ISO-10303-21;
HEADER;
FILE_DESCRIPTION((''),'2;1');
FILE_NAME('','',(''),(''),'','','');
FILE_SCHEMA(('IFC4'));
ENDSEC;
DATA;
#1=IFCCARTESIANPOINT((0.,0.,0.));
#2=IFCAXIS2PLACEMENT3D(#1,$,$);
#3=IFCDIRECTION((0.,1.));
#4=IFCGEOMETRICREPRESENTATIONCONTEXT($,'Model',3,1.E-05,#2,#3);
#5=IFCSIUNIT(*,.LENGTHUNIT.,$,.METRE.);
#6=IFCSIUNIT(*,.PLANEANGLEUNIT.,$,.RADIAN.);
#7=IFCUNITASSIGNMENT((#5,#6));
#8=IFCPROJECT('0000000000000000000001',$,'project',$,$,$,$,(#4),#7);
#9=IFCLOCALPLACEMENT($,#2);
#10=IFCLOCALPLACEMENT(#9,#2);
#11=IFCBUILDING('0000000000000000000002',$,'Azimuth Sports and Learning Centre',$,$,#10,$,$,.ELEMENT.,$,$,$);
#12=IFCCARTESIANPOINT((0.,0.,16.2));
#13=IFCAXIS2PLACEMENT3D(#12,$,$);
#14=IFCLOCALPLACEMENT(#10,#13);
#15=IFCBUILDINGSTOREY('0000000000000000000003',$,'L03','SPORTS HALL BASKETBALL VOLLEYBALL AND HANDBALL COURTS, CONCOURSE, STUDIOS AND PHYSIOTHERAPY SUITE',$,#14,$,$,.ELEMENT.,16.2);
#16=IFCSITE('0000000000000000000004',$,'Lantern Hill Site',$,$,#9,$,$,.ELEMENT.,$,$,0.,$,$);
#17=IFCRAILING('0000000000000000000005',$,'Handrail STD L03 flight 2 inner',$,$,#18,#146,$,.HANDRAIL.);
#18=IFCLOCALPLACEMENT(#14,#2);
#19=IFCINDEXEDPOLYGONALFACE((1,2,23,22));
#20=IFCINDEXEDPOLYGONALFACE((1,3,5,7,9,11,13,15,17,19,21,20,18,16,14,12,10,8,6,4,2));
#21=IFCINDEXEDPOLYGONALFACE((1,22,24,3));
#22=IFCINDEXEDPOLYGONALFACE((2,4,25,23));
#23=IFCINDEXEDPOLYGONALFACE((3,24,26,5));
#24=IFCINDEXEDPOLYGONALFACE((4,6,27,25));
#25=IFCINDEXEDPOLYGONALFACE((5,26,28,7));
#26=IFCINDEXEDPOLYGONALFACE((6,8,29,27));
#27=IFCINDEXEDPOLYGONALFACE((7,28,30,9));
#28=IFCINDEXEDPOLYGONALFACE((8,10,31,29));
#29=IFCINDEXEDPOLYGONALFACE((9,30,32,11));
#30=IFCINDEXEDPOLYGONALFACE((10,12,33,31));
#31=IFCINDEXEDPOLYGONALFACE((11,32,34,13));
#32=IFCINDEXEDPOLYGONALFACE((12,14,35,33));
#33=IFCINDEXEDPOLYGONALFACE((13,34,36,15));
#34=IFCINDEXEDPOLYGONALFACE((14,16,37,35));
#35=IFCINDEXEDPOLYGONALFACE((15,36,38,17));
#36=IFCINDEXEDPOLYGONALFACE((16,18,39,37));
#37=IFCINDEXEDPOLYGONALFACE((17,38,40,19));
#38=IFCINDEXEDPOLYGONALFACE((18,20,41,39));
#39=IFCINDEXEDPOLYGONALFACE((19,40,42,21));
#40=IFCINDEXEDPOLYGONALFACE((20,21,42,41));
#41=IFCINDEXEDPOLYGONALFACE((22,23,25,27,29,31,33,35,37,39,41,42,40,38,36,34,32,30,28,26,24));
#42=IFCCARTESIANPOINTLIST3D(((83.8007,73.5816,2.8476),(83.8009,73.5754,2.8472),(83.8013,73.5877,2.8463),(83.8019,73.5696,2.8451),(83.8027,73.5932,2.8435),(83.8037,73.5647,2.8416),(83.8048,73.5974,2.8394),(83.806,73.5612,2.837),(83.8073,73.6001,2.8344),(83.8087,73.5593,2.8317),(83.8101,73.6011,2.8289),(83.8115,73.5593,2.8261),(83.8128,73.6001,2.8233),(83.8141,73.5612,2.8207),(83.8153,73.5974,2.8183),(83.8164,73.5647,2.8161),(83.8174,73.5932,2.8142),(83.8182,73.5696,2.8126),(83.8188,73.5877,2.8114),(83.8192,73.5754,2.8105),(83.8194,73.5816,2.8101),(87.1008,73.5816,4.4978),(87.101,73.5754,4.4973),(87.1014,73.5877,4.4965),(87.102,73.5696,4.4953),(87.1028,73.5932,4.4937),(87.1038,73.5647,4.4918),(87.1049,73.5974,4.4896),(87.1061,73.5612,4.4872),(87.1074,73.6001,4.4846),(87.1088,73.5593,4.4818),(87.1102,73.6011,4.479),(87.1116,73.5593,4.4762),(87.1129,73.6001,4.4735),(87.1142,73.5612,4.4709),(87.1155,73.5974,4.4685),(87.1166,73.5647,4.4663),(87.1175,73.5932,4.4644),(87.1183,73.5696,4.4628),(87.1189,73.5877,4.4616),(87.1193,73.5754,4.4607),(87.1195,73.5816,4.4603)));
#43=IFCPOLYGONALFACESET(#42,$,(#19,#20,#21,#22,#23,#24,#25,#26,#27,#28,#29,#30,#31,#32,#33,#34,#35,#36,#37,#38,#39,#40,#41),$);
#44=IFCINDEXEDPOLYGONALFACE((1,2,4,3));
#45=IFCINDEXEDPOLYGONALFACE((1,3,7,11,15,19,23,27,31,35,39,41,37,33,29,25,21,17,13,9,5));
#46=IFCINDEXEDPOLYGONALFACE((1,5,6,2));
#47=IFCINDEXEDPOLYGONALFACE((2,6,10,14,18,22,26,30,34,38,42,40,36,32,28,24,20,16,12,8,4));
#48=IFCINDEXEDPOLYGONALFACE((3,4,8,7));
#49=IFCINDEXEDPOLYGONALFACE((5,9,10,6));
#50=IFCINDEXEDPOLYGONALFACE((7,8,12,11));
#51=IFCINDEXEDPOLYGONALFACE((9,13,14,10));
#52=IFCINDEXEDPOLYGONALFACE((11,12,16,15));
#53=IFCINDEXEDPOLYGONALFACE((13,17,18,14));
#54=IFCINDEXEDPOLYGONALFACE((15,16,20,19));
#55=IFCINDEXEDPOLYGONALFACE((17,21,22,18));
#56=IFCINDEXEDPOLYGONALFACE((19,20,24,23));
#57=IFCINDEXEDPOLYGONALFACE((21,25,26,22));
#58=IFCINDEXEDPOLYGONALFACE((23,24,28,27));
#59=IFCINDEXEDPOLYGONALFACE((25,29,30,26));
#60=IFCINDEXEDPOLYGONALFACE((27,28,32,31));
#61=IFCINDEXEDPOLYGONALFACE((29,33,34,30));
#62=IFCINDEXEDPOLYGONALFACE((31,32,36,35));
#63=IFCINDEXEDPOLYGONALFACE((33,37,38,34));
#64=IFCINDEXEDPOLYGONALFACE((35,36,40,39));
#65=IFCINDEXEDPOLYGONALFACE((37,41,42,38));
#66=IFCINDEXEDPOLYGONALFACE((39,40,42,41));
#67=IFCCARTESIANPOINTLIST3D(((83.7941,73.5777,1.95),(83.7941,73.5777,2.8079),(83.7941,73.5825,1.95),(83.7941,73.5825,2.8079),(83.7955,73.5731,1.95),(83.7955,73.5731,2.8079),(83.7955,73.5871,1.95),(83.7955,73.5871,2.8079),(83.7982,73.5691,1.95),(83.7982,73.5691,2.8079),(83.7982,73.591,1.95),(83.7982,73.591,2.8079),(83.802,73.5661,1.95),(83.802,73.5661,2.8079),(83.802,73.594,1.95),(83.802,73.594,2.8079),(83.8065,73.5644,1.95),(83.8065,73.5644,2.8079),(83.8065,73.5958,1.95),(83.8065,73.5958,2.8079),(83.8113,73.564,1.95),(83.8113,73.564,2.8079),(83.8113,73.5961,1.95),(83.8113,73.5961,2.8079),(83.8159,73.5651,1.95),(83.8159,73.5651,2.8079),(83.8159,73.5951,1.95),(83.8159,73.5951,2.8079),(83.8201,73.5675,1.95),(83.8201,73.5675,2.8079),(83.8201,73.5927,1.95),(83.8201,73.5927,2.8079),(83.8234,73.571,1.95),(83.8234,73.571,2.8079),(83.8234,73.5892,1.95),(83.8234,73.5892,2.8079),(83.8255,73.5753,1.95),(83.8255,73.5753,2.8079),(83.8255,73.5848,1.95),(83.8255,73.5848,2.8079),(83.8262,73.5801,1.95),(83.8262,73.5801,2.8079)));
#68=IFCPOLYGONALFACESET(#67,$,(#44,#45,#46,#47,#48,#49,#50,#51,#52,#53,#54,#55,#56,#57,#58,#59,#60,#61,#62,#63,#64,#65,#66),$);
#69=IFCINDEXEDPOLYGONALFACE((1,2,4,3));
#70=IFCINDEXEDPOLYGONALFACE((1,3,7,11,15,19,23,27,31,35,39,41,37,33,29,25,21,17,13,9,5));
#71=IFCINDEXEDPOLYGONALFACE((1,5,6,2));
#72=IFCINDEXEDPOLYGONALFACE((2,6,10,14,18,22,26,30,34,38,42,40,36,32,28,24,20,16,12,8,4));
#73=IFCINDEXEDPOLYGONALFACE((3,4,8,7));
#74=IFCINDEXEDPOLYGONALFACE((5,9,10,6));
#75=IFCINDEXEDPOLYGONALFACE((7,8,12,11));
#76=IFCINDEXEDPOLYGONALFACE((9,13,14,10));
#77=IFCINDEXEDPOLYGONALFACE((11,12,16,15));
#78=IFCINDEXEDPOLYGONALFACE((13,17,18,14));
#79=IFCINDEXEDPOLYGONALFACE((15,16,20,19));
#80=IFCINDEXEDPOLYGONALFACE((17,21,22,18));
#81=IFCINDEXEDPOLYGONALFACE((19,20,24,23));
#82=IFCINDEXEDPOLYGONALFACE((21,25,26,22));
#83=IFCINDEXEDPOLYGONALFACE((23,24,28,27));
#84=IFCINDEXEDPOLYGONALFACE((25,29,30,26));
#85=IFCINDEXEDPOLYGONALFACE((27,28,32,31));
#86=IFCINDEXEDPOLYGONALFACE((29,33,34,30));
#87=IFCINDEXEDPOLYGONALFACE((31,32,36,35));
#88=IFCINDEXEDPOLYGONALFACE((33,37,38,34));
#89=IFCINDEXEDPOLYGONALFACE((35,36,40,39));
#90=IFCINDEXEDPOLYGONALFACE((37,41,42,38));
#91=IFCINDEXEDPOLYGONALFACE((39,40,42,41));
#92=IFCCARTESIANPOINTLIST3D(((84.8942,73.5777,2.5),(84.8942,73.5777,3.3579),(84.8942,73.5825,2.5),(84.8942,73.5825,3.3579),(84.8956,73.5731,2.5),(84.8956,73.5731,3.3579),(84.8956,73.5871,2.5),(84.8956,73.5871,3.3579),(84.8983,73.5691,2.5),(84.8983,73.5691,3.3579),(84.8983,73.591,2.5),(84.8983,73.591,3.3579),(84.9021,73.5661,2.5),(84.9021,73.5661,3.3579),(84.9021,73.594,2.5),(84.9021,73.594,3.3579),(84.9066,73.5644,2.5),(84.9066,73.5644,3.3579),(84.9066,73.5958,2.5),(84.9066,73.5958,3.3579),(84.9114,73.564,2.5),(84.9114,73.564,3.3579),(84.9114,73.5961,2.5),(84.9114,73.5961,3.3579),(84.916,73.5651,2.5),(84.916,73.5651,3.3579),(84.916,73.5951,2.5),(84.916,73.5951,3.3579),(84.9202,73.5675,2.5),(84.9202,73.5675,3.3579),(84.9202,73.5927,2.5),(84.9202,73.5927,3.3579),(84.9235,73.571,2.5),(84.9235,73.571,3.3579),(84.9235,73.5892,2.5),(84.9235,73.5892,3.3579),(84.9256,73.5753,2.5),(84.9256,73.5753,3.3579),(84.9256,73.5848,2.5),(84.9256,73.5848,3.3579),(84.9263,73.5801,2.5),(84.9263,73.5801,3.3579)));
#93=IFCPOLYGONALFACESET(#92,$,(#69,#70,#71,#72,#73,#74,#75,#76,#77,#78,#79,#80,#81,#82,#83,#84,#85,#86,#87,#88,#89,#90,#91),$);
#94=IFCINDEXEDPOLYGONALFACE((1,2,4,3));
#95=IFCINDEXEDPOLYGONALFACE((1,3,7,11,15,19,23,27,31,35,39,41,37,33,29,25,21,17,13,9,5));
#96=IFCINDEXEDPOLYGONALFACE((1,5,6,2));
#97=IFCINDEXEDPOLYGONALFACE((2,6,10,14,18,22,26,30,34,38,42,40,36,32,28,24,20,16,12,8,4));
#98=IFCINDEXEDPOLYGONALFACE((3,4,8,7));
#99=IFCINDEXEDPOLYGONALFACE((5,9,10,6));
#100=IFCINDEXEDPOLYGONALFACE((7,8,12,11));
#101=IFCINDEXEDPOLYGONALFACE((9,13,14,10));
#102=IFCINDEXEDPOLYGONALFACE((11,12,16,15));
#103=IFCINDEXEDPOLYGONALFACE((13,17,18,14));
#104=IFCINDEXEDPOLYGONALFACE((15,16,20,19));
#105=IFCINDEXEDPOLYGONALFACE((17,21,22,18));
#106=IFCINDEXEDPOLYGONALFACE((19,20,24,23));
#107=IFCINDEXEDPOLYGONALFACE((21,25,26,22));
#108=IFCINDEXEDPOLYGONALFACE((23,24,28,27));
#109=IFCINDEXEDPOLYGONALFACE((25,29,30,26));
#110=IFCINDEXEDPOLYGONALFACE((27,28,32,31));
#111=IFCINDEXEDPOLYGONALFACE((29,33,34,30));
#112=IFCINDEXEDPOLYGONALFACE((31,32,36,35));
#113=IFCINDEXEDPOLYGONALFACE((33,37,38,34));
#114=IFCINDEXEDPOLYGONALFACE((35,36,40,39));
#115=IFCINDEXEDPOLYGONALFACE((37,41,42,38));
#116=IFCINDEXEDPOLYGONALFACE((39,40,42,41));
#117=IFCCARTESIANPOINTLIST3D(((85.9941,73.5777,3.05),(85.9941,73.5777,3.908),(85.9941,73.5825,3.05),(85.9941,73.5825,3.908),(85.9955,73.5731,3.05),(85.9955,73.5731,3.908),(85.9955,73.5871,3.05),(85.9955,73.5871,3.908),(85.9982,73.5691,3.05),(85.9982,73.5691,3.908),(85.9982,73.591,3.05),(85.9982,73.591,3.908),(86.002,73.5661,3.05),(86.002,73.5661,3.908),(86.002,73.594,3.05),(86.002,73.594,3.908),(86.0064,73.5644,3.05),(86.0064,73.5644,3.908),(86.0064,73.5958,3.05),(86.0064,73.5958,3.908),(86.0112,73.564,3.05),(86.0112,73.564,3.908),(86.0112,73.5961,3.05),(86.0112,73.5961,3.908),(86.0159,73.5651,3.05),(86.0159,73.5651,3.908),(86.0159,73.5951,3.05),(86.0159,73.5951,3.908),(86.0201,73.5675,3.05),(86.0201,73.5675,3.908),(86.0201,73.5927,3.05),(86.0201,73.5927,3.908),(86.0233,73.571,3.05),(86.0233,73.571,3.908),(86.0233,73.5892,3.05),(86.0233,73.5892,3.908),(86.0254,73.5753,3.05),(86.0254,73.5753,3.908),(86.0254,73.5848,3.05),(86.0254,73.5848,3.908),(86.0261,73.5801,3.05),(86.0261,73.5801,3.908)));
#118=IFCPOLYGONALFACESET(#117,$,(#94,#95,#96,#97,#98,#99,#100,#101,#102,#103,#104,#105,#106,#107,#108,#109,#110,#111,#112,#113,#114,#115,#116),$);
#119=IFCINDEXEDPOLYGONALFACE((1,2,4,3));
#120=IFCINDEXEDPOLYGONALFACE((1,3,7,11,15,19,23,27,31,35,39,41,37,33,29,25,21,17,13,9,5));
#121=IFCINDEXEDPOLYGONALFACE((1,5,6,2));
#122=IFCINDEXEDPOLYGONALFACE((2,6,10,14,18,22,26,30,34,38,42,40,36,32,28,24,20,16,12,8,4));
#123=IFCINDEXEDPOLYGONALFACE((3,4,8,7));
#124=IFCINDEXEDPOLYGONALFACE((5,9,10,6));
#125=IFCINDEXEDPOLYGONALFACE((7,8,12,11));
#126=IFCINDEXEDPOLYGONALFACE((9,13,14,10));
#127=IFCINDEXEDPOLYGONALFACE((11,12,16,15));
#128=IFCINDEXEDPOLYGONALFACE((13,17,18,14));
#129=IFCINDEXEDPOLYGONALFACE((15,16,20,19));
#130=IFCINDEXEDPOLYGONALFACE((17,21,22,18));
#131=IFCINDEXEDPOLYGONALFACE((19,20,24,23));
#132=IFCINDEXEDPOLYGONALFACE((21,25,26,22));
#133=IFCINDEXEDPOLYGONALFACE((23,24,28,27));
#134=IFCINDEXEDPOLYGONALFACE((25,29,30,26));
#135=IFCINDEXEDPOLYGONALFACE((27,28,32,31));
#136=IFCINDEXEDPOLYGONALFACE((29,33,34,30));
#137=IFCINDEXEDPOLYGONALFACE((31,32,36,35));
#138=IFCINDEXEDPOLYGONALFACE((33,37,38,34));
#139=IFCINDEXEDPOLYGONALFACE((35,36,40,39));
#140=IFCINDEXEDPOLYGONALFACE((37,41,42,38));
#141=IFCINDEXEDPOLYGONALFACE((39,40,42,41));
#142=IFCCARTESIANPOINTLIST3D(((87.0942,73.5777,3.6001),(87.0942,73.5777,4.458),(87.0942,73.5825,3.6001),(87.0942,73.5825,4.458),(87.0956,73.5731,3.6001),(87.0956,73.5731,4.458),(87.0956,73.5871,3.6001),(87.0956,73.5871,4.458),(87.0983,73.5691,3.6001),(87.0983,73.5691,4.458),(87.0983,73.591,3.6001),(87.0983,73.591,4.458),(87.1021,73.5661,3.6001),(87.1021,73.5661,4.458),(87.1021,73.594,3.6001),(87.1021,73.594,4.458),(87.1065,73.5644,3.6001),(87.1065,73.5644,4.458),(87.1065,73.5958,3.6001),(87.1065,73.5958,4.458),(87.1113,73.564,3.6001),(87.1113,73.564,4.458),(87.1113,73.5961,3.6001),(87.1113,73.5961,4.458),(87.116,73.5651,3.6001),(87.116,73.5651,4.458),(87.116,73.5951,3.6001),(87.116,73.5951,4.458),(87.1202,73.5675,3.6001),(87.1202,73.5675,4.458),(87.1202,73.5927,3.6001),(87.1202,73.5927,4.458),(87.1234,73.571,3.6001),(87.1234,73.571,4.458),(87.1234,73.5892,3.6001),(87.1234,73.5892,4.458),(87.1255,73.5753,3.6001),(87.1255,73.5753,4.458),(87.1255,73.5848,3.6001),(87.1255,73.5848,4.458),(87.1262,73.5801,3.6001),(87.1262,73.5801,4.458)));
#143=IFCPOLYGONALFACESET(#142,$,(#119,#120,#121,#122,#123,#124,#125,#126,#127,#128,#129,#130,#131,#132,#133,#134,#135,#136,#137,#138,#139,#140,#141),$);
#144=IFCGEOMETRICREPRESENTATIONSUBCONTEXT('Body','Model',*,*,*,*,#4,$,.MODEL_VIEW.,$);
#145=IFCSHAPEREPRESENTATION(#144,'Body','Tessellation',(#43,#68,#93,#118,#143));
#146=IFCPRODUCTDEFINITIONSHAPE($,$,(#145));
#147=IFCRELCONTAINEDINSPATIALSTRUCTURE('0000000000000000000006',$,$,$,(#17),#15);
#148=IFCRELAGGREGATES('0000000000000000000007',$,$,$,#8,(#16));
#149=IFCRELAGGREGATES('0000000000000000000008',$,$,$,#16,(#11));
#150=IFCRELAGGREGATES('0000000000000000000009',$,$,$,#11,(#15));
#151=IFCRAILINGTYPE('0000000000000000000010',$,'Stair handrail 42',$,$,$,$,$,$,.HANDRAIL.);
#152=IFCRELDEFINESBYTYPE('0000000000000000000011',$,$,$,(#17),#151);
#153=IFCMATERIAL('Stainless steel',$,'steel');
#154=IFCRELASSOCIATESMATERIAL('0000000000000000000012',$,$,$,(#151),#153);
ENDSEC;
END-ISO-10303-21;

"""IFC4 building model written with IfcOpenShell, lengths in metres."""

from ifc_helpers import new_model, si_unit, direction, frame, origin, origin_2d, place, context, subcontext, project, spatial, circle, extrude, material, type_object, element, save


model = new_model("IFC4")

# Units and contexts
model_context = context("Model", 3, precision=1e-05, world=origin(), true_north=direction((0.0, 1.0)))
body_context = subcontext(model_context, "Body", "Model", "MODEL_VIEW")
ifc_project = project(units=[si_unit("LENGTHUNIT", "METRE"), si_unit("PLANEANGLEUNIT", "RADIAN")], contexts=[model_context])

# Site, building, storey
site_placement = place(None, origin())
site = spatial("IfcSite", under=ifc_project, at=site_placement, Name="Lantern Hill Site", CompositionType="ELEMENT", RefElevation=0.0)
building_placement = place(site_placement, origin())
building = spatial("IfcBuilding", under=site, at=building_placement, Name="Azimuth Sports and Learning Centre", CompositionType="ELEMENT")
storey_placement = place(building_placement, frame((0.0, 0.0, 16.2)))
storey = spatial("IfcBuildingStorey", under=building, at=storey_placement, Name="L03", Description="SPORTS HALL BASKETBALL VOLLEYBALL AND HANDBALL COURTS, CONCOURSE, STUDIOS AND PHYSIOTHERAPY SUITE", CompositionType="ELEMENT", Elevation=16.2)

# Railing
ifc_material_1 = material(Name="Stainless steel", Category="steel")
railing_type_1 = type_object("IfcRailingType", Name="Stair handrail 42", PredefinedType="HANDRAIL", material=ifc_material_1)
for number, where, name in (
    (1, (83.8101, 73.5801, 1.95), "Handrail STD L03 flight 2 inner"),
):
    element("IfcRailing", number, at=place(storey_placement, frame(where)), inside=storey, type_object=railing_type_1, Name=name, PredefinedType="HANDRAIL", context=body_context, shape_type="SweptSolid", body=[
        extrude(circle(Radius=0.021, at=origin_2d()), frame((0.0, 0.0, 0.8789), z_axis=(0.894414, 0.0, 0.44724), x_axis=(0.0, 1.0, 0.0)), (0.0, 0.0, 1.0), 3.6897),
        extrude(circle(Radius=0.0161, at=origin_2d()), origin(), (0.0, 0.0, 1.0), 0.8579),
        extrude(circle(Radius=0.0161, at=origin_2d()), frame((1.1001, 0.0, 0.55)), (0.0, 0.0, 1.0), 0.8579),
        extrude(circle(Radius=0.0161, at=origin_2d()), frame((2.2, 0.0, 1.1001)), (0.0, 0.0, 1.0), 0.8579),
        extrude(circle(Radius=0.0161, at=origin_2d()), frame((3.3, 0.0, 1.6501)), (0.0, 0.0, 1.0), 0.8579),
    ])

save(model, "model.ifc")
